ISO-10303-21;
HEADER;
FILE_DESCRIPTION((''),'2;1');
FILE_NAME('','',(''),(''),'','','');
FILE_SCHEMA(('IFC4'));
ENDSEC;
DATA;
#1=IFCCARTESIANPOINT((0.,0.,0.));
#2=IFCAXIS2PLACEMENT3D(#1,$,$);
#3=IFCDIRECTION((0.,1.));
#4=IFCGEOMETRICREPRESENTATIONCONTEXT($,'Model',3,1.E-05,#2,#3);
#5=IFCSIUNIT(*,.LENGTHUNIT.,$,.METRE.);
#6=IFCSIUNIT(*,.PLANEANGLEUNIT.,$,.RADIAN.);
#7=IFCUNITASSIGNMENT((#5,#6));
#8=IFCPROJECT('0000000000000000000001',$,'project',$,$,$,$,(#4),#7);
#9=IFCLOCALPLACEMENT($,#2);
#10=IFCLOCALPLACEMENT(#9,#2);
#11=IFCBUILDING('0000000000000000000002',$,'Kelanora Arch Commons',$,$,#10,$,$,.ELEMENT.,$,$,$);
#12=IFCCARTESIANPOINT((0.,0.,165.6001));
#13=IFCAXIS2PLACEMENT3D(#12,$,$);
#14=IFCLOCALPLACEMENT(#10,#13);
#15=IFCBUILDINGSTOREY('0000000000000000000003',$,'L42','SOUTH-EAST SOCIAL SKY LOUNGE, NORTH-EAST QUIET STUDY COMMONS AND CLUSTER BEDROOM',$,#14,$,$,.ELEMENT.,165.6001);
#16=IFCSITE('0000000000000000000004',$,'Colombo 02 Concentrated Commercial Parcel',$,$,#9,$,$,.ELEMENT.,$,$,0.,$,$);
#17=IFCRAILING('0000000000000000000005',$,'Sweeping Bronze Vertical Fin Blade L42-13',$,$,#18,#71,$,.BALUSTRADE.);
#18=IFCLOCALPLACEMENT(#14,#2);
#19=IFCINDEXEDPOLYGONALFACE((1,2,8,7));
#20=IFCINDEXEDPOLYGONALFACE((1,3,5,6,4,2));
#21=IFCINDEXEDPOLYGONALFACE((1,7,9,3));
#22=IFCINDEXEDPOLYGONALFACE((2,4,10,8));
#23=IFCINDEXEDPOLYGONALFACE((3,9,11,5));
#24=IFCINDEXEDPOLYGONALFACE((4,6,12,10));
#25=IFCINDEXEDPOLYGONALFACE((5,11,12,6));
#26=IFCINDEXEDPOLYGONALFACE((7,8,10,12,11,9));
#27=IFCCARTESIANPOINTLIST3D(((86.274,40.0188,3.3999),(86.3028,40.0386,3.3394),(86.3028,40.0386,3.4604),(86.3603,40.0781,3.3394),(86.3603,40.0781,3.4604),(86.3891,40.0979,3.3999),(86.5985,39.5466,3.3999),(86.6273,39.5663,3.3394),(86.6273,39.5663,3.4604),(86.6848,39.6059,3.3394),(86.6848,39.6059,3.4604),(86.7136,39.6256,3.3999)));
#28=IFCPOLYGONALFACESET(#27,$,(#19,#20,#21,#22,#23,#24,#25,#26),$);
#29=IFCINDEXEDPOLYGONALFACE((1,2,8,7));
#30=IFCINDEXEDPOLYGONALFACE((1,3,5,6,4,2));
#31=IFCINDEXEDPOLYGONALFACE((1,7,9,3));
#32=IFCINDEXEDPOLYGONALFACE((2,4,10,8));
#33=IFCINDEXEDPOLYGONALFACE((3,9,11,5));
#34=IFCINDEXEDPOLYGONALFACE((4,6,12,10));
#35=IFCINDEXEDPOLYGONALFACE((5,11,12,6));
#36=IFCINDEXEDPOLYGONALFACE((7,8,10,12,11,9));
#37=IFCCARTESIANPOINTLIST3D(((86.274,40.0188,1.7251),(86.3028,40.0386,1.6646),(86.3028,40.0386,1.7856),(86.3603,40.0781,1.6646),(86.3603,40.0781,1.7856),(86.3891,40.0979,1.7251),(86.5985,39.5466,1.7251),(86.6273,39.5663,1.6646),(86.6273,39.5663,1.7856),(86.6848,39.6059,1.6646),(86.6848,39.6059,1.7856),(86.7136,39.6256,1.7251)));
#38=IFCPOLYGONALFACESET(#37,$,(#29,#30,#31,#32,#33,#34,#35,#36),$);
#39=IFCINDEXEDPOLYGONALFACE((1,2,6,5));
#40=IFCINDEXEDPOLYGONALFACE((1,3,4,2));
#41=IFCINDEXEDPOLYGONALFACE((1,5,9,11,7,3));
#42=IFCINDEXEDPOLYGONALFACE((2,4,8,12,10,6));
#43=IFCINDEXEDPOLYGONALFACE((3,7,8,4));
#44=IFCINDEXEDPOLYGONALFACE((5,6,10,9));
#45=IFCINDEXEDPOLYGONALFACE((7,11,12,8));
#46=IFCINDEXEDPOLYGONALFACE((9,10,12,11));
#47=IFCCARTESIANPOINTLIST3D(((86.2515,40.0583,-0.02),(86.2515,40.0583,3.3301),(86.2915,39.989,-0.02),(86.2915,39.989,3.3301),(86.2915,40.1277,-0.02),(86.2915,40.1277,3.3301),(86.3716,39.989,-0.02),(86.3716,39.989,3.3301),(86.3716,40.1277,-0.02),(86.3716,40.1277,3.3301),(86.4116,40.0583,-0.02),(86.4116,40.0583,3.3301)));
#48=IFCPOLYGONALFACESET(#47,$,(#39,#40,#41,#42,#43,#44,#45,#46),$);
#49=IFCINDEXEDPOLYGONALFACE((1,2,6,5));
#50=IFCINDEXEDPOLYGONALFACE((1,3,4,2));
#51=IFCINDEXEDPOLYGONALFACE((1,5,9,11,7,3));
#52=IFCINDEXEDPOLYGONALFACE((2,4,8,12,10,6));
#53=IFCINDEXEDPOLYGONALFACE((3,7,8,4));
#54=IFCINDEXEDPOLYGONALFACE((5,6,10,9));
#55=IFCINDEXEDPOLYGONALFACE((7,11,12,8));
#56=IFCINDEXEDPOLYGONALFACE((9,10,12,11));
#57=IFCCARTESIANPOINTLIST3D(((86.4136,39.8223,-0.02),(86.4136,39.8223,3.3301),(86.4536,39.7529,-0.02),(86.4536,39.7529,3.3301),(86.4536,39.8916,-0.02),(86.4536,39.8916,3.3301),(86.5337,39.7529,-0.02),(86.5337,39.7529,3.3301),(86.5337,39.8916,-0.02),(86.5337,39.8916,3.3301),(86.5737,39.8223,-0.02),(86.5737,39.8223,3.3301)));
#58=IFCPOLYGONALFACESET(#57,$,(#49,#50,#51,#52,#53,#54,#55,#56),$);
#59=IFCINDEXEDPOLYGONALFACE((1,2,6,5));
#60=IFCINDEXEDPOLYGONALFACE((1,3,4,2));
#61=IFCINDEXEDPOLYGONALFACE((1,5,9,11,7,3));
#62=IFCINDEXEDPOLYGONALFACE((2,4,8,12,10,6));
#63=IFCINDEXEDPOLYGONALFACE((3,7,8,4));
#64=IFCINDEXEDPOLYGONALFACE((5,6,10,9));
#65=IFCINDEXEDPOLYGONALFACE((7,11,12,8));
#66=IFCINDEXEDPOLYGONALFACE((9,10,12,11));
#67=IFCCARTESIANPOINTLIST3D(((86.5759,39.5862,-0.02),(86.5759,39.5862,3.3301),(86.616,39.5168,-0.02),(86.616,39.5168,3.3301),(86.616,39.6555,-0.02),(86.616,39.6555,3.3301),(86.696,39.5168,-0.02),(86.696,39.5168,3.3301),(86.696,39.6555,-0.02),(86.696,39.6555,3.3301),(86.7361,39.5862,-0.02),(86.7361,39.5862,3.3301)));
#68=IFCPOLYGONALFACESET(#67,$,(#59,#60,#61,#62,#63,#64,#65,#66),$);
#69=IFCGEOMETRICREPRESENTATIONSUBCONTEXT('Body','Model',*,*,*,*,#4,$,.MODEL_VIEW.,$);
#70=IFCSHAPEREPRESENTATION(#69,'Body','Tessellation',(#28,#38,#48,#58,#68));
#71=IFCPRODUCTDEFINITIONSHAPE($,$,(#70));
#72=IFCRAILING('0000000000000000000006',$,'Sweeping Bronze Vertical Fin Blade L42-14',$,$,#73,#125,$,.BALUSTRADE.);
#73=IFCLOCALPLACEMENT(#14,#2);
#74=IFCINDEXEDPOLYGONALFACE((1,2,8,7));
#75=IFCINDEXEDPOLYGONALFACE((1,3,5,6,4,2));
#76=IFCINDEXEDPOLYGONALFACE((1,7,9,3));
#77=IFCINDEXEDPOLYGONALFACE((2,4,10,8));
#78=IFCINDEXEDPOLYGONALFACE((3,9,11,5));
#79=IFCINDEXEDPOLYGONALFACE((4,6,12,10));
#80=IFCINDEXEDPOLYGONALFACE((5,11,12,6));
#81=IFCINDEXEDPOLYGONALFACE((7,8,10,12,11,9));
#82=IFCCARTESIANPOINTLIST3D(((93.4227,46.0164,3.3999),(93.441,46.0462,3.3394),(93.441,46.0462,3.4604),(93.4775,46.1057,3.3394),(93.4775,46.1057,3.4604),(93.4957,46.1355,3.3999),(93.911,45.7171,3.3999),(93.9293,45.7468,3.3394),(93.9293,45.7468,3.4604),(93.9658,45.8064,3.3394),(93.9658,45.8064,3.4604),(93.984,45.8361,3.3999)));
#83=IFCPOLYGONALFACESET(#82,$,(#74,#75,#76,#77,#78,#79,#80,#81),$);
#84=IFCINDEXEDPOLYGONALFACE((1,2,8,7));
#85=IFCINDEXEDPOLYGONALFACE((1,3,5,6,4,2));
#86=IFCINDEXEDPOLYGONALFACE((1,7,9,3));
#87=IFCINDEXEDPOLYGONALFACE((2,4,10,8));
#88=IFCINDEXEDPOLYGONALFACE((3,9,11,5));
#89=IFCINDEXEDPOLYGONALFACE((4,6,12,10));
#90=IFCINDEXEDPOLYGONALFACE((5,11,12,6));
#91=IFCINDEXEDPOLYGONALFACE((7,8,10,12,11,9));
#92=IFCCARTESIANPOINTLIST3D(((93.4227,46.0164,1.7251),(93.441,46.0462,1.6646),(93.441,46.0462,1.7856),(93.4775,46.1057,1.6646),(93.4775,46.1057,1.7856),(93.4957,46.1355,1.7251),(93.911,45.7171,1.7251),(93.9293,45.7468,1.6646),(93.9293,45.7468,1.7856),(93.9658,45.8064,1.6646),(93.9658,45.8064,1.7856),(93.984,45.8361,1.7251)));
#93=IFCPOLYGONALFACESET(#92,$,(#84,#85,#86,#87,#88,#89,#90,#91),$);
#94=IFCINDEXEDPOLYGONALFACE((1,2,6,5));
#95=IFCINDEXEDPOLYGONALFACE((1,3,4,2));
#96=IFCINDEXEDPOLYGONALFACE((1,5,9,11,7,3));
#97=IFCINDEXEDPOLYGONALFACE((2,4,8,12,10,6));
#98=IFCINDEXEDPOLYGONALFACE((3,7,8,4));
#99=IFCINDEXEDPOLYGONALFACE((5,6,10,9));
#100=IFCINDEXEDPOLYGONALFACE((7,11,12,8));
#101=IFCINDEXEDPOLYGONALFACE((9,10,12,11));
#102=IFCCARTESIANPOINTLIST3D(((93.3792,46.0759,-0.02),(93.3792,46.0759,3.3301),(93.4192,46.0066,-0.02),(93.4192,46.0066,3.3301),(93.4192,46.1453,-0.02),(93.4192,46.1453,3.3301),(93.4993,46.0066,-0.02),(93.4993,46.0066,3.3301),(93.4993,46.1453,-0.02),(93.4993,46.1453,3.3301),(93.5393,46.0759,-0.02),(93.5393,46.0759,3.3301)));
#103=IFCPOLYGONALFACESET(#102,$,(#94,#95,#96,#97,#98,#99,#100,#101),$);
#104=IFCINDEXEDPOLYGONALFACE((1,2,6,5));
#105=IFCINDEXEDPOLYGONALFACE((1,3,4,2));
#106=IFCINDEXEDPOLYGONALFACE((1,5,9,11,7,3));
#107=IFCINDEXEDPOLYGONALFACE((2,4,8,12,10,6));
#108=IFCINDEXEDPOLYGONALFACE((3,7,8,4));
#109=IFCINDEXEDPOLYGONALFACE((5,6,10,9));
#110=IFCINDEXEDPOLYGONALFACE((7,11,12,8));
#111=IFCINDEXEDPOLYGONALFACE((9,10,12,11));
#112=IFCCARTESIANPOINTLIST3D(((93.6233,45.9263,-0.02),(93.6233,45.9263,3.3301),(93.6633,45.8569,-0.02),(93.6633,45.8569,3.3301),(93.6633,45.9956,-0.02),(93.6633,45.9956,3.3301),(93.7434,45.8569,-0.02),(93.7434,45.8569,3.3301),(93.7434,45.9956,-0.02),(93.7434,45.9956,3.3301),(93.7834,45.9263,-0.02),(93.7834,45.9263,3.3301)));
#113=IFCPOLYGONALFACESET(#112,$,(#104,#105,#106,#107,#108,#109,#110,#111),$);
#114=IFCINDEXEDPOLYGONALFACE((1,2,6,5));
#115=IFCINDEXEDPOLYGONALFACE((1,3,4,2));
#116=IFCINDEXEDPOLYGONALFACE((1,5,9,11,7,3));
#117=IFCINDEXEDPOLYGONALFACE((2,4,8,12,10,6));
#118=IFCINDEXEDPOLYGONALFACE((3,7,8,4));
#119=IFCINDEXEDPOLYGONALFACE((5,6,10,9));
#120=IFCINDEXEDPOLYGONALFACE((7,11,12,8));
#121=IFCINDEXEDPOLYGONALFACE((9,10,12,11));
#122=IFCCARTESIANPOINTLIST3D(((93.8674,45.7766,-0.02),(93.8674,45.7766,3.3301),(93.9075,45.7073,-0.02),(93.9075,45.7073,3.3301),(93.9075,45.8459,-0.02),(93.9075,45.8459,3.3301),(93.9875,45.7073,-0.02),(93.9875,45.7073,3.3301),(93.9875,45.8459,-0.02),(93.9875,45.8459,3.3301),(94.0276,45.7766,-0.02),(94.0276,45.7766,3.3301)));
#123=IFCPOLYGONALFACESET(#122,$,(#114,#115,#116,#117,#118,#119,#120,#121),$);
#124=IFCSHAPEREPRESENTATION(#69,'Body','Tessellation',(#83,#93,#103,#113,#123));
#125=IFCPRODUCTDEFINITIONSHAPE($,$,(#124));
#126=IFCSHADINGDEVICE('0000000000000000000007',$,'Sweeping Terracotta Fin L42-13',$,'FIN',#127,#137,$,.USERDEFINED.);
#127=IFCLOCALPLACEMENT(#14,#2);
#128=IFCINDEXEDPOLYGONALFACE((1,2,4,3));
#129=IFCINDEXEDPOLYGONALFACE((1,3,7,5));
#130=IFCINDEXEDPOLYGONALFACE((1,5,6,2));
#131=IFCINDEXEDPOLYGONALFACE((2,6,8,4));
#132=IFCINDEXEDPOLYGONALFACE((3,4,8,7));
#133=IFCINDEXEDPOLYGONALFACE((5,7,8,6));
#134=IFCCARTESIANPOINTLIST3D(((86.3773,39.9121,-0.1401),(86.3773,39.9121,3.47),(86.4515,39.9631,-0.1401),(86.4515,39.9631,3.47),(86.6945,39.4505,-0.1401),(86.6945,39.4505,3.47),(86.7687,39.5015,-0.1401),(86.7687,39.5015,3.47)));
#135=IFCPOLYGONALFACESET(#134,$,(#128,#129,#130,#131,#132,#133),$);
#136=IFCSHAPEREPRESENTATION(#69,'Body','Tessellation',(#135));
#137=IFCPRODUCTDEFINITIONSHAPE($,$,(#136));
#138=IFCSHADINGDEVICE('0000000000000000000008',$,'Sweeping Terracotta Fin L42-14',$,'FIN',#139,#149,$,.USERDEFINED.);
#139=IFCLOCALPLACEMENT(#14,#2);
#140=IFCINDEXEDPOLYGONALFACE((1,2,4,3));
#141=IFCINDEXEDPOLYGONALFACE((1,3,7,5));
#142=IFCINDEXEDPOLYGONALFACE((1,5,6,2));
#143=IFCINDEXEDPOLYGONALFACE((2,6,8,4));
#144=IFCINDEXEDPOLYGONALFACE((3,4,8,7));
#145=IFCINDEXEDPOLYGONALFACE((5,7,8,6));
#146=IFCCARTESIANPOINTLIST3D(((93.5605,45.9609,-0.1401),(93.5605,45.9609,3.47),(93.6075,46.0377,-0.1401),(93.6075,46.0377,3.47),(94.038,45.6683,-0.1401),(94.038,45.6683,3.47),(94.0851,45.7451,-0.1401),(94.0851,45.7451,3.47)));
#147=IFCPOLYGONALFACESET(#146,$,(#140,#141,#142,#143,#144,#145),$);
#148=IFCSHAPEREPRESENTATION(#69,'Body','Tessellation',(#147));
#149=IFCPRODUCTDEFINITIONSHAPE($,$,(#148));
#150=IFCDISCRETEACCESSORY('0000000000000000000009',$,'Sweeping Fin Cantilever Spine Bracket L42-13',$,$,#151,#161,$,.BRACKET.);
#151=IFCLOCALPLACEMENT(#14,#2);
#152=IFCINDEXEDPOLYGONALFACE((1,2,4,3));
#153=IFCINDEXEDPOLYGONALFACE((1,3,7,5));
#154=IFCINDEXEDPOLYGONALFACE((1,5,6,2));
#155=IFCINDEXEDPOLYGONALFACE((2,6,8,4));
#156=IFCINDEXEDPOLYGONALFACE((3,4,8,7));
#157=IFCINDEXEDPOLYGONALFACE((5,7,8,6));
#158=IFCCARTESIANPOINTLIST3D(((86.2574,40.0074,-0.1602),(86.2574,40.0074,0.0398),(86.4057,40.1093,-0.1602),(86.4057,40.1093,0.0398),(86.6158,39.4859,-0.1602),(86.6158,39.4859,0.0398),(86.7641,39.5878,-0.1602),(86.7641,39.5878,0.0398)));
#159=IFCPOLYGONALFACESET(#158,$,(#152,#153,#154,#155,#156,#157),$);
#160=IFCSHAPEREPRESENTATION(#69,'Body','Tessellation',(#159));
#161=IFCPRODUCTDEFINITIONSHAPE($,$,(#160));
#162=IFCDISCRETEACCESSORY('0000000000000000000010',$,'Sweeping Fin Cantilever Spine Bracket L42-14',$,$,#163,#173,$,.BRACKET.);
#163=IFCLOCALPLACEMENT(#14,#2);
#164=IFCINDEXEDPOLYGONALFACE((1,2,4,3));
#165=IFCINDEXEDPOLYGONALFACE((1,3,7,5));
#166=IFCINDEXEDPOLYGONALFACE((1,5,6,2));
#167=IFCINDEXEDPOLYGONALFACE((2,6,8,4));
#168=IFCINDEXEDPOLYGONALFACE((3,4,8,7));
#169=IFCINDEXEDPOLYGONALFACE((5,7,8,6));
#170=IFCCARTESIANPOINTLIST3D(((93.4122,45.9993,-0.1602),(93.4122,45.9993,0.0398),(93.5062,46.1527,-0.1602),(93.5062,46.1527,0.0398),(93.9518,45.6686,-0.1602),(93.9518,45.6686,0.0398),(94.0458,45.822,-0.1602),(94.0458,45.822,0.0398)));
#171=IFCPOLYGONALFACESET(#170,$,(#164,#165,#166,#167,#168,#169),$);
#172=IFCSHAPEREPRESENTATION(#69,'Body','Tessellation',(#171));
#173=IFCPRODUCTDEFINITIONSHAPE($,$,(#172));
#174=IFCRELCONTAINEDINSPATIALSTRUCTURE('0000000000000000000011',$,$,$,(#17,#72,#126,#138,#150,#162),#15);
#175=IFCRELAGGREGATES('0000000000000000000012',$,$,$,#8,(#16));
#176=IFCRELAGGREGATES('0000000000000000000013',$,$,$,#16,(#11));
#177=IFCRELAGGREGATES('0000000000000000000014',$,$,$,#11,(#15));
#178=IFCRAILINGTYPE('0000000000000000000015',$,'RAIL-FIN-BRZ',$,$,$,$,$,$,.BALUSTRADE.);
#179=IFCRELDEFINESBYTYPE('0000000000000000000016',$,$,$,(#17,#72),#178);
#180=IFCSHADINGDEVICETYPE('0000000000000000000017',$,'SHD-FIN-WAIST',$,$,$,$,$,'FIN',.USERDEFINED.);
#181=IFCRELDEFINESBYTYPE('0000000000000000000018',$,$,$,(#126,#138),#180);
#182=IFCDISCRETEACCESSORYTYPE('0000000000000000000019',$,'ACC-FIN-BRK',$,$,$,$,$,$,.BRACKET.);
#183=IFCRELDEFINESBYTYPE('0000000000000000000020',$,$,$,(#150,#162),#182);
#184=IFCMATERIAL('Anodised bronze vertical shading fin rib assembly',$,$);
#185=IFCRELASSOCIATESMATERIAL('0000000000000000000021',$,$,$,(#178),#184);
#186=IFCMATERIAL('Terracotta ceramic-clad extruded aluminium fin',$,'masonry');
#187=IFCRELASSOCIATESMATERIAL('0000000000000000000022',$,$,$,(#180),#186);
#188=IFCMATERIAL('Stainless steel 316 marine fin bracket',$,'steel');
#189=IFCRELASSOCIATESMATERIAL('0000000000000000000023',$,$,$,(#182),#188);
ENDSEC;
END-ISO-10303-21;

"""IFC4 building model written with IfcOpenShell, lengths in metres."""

from ifc_helpers import new_model, si_unit, direction, frame, origin, origin_2d, place, context, subcontext, project, spatial, polyline, rectangle, outline, extrude, source, transform, mapped, material, type_object, element, save


model = new_model("IFC4")

# Units and contexts
model_context = context("Model", 3, precision=1e-05, world=origin(), true_north=direction((0.0, 1.0)))
body_context = subcontext(model_context, "Body", "Model", "MODEL_VIEW")
ifc_project = project(units=[si_unit("LENGTHUNIT", "METRE"), si_unit("PLANEANGLEUNIT", "RADIAN")], contexts=[model_context])

# Site, building, storey
site_placement = place(None, origin())
site = spatial("IfcSite", under=ifc_project, at=site_placement, Name="Colombo 02 Concentrated Commercial Parcel", CompositionType="ELEMENT", RefElevation=0.0)
building_placement = place(site_placement, origin())
building = spatial("IfcBuilding", under=site, at=building_placement, Name="Kelanora Arch Commons", CompositionType="ELEMENT")
storey_placement = place(building_placement, frame((0.0, 0.0, 165.6001)))
storey = spatial("IfcBuildingStorey", under=building, at=storey_placement, Name="L42", Description="SOUTH-EAST SOCIAL SKY LOUNGE, NORTH-EAST QUIET STUDY COMMONS AND CLUSTER BEDROOM", CompositionType="ELEMENT", Elevation=165.6001)

# Railings
ifc_material_1 = material(Name="Anodised bronze vertical shading fin rib assembly")
railing_type = type_object("IfcRailingType", Name="RAIL-FIN-BRZ", PredefinedType="BALUSTRADE", material=ifc_material_1)
railing_1_placement = place(storey_placement, frame((86.3315, 40.0583, -0.02)))
element("IfcRailing", 1, at=railing_1_placement, inside=storey, type_object=railing_type, Name="Sweeping Bronze Vertical Fin Blade L42-13", PredefinedType="BALUSTRADE", context=body_context, shape_type="SweptSolid", body=[
    extrude(outline(polyline([(0.0698, 0.0), (0.0349, 0.0605), (-0.0349, 0.0605), (-0.0698, 0.0), (-0.0349, -0.0605), (0.0349, -0.0605), (0.0698, 0.0)])), frame((0.0, 0.0, 3.4199), z_axis=(0.566348, -0.824166, 0.0), x_axis=(0.824166, 0.566348, 0.0)), (0.0, 0.0, 1.0), 0.573),
    extrude(outline(polyline([(0.0698, 0.0), (0.0349, 0.0605), (-0.0349, 0.0605), (-0.0698, 0.0), (-0.0349, -0.0605), (0.0349, -0.0605), (0.0698, 0.0)])), frame((0.0, 0.0, 1.7451), z_axis=(0.566348, -0.824166, 0.0), x_axis=(0.824166, 0.566348, 0.0)), (0.0, 0.0, 1.0), 0.573),
    extrude(outline(polyline([(0.0801, 0.0), (0.04, 0.0693), (-0.04, 0.0693), (-0.0801, 0.0), (-0.04, -0.0693), (0.04, -0.0693), (0.0801, 0.0)])), origin(), (0.0, 0.0, 1.0), 3.3501),
    extrude(outline(polyline([(0.0801, 0.0), (0.04, 0.0693), (-0.04, 0.0693), (-0.0801, 0.0), (-0.04, -0.0693), (0.04, -0.0693), (0.0801, 0.0)])), frame((0.1621, -0.2361, 0.0)), (0.0, 0.0, 1.0), 3.3501),
    extrude(outline(polyline([(0.0801, 0.0), (0.04, 0.0693), (-0.04, 0.0693), (-0.0801, 0.0), (-0.04, -0.0693), (0.04, -0.0693), (0.0801, 0.0)])), frame((0.3245, -0.4722, 0.0)), (0.0, 0.0, 1.0), 3.3501),
])
railing_2_placement = place(storey_placement, frame((93.4592, 46.0759, -0.02)))
element("IfcRailing", 2, at=railing_2_placement, inside=storey, type_object=railing_type, Name="Sweeping Bronze Vertical Fin Blade L42-14", PredefinedType="BALUSTRADE", context=body_context, shape_type="SweptSolid", body=[
    extrude(outline(polyline([(0.0698, 0.0), (0.0349, 0.0605), (-0.0349, 0.0605), (-0.0698, 0.0), (-0.0349, -0.0605), (0.0349, -0.0605), (0.0698, 0.0)])), frame((0.0, 0.0, 3.4199), z_axis=(0.852564, -0.522622, 0.0), x_axis=(0.522622, 0.852564, 0.0)), (0.0, 0.0, 1.0), 0.5728),
    extrude(outline(polyline([(0.0698, 0.0), (0.0349, 0.0605), (-0.0349, 0.0605), (-0.0698, 0.0), (-0.0349, -0.0605), (0.0349, -0.0605), (0.0698, 0.0)])), frame((0.0, 0.0, 1.7451), z_axis=(0.852564, -0.522622, 0.0), x_axis=(0.522622, 0.852564, 0.0)), (0.0, 0.0, 1.0), 0.5728),
    extrude(outline(polyline([(0.0801, 0.0), (0.04, 0.0693), (-0.04, 0.0693), (-0.0801, 0.0), (-0.04, -0.0693), (0.04, -0.0693), (0.0801, 0.0)])), origin(), (0.0, 0.0, 1.0), 3.3501),
    extrude(outline(polyline([(0.0801, 0.0), (0.04, 0.0693), (-0.04, 0.0693), (-0.0801, 0.0), (-0.04, -0.0693), (0.04, -0.0693), (0.0801, 0.0)])), frame((0.2441, -0.1497, 0.0)), (0.0, 0.0, 1.0), 3.3501),
    extrude(outline(polyline([(0.0801, 0.0), (0.04, 0.0693), (-0.04, 0.0693), (-0.0801, 0.0), (-0.04, -0.0693), (0.04, -0.0693), (0.0801, 0.0)])), frame((0.4883, -0.2993, 0.0)), (0.0, 0.0, 1.0), 3.3501),
])

# Shading devices
ifc_material_2 = material(Name="Terracotta ceramic-clad extruded aluminium fin", Category="masonry")
shading_device_type = type_object("IfcShadingDeviceType", Name="SHD-FIN-WAIST", ElementType="FIN", PredefinedType="USERDEFINED", material=ifc_material_2)
shared_shape_1 = source(origin(), body_context, "Body", "SweptSolid", [
    extrude(rectangle(XDim=0.5601, YDim=0.0901, at=origin_2d()), origin(), (0.0, 0.0, 1.0), 3.6101),
])
for number, where, z_axis, x_axis, name in (
    (3, (86.573, 39.7068, -0.1401), (0.0, 0.0, 1.0), (0.566406, -0.824126, 0.0), "Sweeping Terracotta Fin L42-13"),
    (4, (93.8228, 45.853, -0.1401), (0.0, 0.0, 1.0), (0.85264, -0.522499, 0.0), "Sweeping Terracotta Fin L42-14"),
):
    element("IfcShadingDevice", number, at=place(storey_placement, frame(where, z_axis=z_axis, x_axis=x_axis)), inside=storey, type_object=shading_device_type, Name=name, ObjectType="FIN", PredefinedType="USERDEFINED", context=body_context, shape_type="MappedRepresentation", body=[
        mapped(shared_shape_1, transform((0.0, 0.0, 0.0), scale=1.0)),
    ])

# Discrete accessories
ifc_material_3 = material(Name="Stainless steel 316 marine fin bracket", Category="steel")
discrete_accessory_type = type_object("IfcDiscreteAccessoryType", Name="ACC-FIN-BRK", PredefinedType="BRACKET", material=ifc_material_3)
shared_shape_2 = source(origin(), body_context, "Body", "SweptSolid", [
    extrude(rectangle(XDim=0.6328, YDim=0.1799, at=origin_2d()), origin(), (0.0, 0.0, 1.0), 0.2),
])
for number, where, z_axis, x_axis, name in (
    (5, (86.5107, 39.7976, -0.1602), (0.0, 0.0, 1.0), (0.566406, -0.824126, 0.0), "Sweeping Fin Cantilever Spine Bracket L42-13"),
    (6, (93.729, 45.9106, -0.1602), (0.0, 0.0, 1.0), (0.85264, -0.522499, 0.0), "Sweeping Fin Cantilever Spine Bracket L42-14"),
):
    element("IfcDiscreteAccessory", number, at=place(storey_placement, frame(where, z_axis=z_axis, x_axis=x_axis)), inside=storey, type_object=discrete_accessory_type, Name=name, PredefinedType="BRACKET", context=body_context, shape_type="MappedRepresentation", body=[
        mapped(shared_shape_2, transform((0.0, 0.0, 0.0), scale=1.0)),
    ])

save(model, "model.ifc")
